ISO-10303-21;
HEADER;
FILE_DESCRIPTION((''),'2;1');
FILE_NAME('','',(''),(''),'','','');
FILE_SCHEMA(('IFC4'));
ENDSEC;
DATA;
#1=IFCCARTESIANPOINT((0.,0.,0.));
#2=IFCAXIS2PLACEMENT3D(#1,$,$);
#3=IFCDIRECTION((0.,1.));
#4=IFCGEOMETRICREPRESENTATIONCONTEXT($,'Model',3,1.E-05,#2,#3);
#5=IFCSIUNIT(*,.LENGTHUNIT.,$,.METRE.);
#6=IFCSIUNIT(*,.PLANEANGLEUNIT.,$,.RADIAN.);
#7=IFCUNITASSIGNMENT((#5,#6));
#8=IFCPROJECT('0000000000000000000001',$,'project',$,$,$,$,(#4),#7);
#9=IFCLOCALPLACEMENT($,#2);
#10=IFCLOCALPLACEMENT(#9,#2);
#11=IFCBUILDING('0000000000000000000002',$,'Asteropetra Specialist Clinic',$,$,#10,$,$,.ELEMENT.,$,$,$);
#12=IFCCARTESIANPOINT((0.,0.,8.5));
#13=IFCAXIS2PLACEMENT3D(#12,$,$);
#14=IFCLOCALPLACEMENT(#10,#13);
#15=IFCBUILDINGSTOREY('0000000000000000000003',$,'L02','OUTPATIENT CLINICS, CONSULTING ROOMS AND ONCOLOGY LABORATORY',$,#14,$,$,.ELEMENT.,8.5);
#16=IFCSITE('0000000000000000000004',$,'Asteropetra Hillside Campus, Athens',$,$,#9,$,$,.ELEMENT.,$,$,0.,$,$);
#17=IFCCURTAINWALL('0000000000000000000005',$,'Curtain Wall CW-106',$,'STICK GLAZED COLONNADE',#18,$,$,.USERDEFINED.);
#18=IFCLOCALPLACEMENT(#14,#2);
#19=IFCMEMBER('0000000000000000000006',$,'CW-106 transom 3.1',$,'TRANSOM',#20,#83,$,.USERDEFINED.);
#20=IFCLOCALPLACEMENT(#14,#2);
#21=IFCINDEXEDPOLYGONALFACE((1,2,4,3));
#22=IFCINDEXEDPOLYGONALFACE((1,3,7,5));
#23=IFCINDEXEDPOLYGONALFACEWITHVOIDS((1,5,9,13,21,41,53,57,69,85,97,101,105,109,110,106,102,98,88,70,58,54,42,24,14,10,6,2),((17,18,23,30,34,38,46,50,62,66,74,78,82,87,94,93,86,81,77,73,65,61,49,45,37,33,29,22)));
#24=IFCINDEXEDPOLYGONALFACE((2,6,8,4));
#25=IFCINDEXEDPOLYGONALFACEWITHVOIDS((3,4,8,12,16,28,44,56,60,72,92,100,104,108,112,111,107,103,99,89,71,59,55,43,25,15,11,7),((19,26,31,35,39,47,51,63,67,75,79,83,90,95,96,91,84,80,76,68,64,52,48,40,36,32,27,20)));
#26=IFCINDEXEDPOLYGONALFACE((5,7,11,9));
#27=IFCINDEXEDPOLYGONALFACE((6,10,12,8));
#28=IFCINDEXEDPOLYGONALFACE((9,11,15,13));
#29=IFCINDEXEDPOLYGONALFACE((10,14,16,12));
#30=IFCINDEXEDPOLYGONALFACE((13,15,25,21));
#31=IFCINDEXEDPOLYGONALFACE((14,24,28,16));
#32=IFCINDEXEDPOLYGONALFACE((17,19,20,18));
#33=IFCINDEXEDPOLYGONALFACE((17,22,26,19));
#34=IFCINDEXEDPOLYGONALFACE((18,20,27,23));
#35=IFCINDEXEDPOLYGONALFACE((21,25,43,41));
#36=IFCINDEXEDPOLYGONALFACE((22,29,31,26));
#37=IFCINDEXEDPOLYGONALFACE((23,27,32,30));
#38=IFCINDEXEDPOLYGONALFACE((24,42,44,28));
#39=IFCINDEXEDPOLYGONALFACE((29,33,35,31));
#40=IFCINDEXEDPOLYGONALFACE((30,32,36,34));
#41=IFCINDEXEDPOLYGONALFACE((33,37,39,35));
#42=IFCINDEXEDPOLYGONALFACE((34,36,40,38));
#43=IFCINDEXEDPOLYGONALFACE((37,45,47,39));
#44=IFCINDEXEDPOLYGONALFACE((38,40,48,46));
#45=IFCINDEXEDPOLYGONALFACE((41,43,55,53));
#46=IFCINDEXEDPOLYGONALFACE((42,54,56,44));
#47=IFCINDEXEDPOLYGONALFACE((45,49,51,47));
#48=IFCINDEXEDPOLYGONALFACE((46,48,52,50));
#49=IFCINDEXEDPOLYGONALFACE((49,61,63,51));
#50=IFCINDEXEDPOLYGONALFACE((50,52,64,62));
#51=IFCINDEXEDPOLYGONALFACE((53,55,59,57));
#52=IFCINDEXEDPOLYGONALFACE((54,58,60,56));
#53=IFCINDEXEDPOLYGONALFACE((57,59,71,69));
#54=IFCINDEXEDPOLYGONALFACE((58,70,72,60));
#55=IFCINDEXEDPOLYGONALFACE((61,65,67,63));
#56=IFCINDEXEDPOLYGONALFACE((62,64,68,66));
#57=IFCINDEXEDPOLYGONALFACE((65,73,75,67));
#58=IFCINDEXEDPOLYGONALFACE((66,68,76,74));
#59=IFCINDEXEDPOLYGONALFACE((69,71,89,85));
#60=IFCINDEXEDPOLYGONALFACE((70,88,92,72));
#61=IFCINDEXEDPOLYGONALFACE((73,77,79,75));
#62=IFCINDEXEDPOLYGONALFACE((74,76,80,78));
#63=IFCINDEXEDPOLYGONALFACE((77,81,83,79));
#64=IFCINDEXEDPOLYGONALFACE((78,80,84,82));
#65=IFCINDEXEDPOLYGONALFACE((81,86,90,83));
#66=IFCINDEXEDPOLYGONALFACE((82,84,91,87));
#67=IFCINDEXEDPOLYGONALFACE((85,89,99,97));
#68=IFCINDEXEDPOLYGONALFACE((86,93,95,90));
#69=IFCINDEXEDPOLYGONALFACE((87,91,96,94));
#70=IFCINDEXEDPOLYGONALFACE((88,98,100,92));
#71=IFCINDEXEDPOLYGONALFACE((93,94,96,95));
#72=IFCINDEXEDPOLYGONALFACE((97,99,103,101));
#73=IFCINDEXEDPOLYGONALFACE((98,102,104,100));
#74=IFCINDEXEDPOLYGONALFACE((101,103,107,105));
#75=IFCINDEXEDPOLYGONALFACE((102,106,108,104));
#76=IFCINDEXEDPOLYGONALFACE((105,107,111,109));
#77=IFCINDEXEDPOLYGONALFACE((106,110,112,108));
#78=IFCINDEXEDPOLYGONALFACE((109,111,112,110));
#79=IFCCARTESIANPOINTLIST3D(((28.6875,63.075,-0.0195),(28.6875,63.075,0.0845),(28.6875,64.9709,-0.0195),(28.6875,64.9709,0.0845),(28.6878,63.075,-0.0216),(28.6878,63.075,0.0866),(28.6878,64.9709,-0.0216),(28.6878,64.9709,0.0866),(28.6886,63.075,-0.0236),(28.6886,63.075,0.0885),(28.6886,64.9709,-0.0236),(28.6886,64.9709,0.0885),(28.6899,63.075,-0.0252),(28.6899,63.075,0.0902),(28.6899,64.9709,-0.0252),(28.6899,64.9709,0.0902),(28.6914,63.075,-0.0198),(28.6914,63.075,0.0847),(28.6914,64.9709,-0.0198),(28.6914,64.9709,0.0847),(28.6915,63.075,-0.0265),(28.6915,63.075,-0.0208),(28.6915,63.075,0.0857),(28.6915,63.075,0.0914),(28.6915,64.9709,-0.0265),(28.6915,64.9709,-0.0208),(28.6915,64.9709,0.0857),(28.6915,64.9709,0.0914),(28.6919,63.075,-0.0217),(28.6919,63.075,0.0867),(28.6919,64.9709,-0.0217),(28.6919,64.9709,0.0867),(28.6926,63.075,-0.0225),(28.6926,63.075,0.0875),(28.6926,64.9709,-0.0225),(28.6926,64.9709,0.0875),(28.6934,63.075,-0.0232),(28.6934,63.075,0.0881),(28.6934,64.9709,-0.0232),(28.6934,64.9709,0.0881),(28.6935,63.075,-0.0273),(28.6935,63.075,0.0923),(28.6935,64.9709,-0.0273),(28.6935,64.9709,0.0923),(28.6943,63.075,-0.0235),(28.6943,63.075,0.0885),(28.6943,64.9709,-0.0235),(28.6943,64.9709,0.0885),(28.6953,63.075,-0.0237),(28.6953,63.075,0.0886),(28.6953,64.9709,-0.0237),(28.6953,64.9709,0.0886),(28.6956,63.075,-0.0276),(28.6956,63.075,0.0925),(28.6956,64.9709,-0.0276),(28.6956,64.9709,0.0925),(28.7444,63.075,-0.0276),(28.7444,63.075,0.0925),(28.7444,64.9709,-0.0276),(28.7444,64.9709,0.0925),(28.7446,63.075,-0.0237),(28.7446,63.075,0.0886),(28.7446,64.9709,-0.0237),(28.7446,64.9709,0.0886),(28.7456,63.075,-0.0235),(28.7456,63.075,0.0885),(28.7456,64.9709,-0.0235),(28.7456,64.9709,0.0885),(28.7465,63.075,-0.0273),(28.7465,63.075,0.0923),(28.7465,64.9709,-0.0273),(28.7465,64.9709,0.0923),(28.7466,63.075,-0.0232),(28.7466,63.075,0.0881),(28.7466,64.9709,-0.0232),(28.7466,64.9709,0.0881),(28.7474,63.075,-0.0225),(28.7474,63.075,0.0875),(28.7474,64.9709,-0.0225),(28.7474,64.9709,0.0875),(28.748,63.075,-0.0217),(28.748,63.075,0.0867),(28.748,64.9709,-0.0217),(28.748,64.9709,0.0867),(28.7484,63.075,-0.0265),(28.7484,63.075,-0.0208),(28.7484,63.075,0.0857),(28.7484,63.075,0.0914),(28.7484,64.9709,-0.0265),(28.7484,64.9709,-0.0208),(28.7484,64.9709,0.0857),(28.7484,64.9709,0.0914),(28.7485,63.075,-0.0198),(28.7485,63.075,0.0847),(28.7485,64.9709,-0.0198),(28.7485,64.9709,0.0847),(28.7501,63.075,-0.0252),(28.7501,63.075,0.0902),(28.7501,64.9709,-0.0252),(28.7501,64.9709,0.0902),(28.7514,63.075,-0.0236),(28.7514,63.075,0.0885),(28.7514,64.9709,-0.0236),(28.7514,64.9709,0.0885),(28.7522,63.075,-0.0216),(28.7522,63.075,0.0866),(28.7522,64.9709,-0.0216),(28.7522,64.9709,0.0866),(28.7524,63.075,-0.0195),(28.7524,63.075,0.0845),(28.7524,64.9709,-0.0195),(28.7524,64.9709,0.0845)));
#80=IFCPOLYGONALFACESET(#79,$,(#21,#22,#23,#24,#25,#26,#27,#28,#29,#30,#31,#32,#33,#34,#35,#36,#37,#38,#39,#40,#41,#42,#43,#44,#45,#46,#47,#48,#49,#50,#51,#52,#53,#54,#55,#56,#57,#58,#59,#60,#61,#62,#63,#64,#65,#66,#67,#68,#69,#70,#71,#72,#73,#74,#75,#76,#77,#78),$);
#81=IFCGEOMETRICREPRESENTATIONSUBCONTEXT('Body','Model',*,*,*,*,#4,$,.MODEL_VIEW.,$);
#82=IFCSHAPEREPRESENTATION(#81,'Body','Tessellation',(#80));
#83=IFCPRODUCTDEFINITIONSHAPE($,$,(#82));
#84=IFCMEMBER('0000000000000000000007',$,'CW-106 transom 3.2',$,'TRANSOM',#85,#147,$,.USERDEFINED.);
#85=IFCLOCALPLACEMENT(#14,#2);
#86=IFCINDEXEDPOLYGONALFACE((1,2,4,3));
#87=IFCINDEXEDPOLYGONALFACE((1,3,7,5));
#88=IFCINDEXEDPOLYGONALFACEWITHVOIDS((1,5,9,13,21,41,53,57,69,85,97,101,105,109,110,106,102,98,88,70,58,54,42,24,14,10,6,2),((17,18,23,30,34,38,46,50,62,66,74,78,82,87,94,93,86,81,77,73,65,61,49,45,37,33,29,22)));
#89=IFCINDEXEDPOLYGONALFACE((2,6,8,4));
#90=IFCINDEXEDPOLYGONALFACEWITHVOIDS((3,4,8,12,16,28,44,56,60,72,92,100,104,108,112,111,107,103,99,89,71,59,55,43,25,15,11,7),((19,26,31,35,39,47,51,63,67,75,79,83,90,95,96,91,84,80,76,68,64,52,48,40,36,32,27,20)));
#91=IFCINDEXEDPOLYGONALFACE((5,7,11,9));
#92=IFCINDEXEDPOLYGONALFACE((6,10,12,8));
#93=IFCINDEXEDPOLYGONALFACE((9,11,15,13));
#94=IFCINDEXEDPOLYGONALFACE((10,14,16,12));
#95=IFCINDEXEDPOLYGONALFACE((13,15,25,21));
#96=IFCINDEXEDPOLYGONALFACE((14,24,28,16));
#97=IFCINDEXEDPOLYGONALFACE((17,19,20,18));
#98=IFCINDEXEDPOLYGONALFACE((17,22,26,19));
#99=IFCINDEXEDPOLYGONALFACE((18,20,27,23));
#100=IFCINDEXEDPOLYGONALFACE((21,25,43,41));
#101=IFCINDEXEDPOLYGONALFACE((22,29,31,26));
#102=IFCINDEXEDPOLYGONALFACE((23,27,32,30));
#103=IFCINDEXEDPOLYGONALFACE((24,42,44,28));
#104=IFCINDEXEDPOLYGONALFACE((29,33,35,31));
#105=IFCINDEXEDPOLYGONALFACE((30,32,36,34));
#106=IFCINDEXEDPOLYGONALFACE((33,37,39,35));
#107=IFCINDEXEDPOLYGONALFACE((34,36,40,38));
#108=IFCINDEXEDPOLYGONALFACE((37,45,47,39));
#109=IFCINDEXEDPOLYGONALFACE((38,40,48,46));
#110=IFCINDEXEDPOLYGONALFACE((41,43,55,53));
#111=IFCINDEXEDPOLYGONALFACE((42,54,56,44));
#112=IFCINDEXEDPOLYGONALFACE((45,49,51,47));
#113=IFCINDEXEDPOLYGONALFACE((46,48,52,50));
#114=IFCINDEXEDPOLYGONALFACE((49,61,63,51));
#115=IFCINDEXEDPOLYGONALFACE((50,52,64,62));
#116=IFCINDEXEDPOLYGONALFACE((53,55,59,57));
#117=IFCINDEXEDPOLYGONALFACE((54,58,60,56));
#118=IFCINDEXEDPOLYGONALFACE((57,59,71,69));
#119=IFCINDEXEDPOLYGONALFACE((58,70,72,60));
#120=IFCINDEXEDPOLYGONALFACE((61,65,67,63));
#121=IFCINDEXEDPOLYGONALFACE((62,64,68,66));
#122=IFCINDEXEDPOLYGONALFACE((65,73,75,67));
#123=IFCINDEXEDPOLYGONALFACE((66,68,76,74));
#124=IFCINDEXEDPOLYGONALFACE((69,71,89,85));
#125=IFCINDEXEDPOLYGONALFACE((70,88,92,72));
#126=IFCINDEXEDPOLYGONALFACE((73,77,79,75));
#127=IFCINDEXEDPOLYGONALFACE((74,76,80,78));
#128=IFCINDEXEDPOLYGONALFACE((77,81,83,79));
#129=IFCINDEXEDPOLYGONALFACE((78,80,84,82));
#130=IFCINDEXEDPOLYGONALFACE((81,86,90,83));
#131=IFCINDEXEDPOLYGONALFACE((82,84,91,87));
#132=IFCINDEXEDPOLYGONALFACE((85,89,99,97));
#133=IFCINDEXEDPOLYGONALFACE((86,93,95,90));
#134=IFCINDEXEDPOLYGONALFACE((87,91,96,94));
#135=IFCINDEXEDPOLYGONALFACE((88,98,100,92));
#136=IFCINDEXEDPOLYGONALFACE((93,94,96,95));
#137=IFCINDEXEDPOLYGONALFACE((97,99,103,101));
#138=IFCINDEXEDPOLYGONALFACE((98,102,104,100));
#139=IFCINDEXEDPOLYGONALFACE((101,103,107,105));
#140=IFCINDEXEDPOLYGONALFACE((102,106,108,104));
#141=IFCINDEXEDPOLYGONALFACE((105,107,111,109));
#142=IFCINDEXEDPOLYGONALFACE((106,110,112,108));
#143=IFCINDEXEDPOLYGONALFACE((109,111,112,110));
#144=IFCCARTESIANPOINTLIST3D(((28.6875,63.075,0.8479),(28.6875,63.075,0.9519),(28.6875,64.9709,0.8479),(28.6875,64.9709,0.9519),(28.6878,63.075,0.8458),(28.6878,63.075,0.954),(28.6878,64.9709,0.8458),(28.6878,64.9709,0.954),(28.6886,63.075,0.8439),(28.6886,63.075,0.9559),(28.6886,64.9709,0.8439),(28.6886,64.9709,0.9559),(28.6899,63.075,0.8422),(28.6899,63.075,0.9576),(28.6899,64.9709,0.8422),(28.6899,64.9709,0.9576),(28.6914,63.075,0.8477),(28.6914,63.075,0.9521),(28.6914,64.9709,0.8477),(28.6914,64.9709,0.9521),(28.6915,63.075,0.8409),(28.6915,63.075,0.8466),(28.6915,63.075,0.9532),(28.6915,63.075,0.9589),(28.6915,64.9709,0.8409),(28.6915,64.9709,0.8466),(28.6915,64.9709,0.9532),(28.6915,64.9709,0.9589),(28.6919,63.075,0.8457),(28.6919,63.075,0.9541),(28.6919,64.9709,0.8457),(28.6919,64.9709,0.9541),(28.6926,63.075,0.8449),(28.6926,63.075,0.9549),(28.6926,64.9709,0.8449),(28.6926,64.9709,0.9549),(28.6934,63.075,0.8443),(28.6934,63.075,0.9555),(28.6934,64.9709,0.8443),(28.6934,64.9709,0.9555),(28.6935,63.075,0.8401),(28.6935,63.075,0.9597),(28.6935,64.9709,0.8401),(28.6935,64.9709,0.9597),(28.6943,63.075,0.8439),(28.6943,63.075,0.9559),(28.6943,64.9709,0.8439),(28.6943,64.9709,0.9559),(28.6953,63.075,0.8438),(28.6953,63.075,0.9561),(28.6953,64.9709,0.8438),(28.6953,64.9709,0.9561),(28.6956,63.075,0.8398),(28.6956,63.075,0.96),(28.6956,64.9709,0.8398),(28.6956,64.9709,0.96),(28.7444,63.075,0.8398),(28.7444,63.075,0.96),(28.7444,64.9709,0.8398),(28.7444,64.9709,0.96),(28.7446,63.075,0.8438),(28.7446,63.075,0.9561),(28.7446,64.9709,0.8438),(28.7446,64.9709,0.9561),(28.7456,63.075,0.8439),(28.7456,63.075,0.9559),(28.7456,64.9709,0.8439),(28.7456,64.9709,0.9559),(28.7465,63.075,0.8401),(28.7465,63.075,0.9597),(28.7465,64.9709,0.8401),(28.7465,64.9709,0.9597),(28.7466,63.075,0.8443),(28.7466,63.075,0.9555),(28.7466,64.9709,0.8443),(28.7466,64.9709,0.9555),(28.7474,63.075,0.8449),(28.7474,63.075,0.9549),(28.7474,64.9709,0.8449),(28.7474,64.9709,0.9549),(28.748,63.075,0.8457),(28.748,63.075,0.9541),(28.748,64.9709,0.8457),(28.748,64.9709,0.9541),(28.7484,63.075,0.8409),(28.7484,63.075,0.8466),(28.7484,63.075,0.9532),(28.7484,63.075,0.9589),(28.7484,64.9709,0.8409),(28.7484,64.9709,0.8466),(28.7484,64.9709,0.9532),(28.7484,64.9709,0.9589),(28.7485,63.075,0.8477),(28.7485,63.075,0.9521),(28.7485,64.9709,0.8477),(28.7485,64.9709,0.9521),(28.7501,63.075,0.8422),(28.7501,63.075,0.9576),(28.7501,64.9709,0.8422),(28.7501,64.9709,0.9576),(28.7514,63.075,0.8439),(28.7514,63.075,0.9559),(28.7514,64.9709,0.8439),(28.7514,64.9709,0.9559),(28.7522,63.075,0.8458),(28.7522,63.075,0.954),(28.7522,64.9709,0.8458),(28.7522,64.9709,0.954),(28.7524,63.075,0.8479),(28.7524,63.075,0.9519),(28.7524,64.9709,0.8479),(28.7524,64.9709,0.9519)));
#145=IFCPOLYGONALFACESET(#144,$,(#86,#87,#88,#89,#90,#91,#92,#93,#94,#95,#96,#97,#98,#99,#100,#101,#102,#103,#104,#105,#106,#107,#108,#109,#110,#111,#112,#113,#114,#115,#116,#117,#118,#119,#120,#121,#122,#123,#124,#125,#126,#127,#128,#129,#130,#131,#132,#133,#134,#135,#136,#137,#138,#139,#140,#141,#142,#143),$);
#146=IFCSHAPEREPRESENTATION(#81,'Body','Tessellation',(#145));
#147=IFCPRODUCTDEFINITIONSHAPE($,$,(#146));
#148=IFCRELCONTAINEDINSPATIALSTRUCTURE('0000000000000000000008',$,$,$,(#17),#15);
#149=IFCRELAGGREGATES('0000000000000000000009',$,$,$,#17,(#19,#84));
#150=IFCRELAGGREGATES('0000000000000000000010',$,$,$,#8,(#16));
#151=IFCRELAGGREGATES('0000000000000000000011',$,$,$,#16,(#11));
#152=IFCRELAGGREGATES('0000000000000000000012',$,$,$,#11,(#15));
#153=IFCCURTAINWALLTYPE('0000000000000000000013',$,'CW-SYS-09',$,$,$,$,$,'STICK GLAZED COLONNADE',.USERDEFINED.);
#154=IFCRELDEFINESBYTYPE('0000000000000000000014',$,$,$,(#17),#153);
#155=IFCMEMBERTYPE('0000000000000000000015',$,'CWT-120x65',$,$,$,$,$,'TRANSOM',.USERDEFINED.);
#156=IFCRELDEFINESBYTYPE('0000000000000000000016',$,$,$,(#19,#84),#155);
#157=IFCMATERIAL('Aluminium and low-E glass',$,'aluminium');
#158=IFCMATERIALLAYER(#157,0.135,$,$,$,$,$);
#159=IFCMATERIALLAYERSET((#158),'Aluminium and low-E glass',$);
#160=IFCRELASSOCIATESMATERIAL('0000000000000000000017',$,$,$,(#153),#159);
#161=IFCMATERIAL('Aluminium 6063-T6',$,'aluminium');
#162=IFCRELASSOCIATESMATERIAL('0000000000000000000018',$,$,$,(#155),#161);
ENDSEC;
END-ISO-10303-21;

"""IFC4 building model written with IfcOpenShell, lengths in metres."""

from ifc_helpers import new_model, si_unit, direction, frame, origin, origin_2d, place, context, subcontext, project, spatial, hollow_rectangle, extrude, material, layer, layer_set, material_profile, profile_set, type_object, element, aggregate, save


model = new_model("IFC4")

# Units and contexts
model_context = context("Model", 3, precision=1e-05, world=origin(), true_north=direction((0.0, 1.0)))
body_context = subcontext(model_context, "Body", "Model", "MODEL_VIEW")
ifc_project = project(units=[si_unit("LENGTHUNIT", "METRE"), si_unit("PLANEANGLEUNIT", "RADIAN")], contexts=[model_context])

# Site, building, storey
site_placement = place(None, origin())
site = spatial("IfcSite", under=ifc_project, at=site_placement, Name="Asteropetra Hillside Campus, Athens", CompositionType="ELEMENT", RefElevation=0.0)
building_placement = place(site_placement, origin())
building = spatial("IfcBuilding", under=site, at=building_placement, Name="Asteropetra Specialist Clinic", CompositionType="ELEMENT")
storey_placement = place(building_placement, frame((0.0, 0.0, 8.5)))
storey = spatial("IfcBuildingStorey", under=building, at=storey_placement, Name="L02", Description="OUTPATIENT CLINICS, CONSULTING ROOMS AND ONCOLOGY LABORATORY", CompositionType="ELEMENT", Elevation=8.5)

# Curtain wall, members
ifc_material_1 = material(Name="Aluminium and low-E glass", Category="aluminium")
ifc_layer_1 = layer(ifc_material_1, 0.135)
ifc_layer_set_1 = layer_set([ifc_layer_1], Name="Aluminium and low-E glass")
curtain_wall_type = type_object("IfcCurtainWallType", Name="CW-SYS-09", ElementType="STICK GLAZED COLONNADE", PredefinedType="USERDEFINED", material=ifc_layer_set_1)
curtain_wall_placement = place(storey_placement, origin())
curtain_wall = element("IfcCurtainWall", 1, at=curtain_wall_placement, inside=storey, type_object=curtain_wall_type, Name="Curtain Wall CW-106", ObjectType="STICK GLAZED COLONNADE", PredefinedType="USERDEFINED")
ifc_material_2 = material(Name="Aluminium 6063-T6", Category="aluminium")
ifc_material_profile_1 = material_profile(ifc_material_2, hollow_rectangle(XDim=0.0649, YDim=0.1201, WallThickness=0.0039, InnerFilletRadius=0.0039, OuterFilletRadius=0.0081, at=origin_2d()), Name="TRN 120x65x4.0")
ifc_profile_set_1 = profile_set([ifc_material_profile_1], Name="Aluminium 6063-T6")
member_type_1 = type_object("IfcMemberType", Name="CWT-120x65", ElementType="TRANSOM", PredefinedType="USERDEFINED", material=ifc_profile_set_1)
member_1_placement = place(storey_placement, frame((28.72, 64.9709, 0.0325), z_axis=(0.0, -1.0, 0.0), x_axis=(1.0, 0.0, 0.0)))
member_1 = element("IfcMember", 2, at=member_1_placement, type_object=member_type_1, Name="CW-106 transom 3.1", ObjectType="TRANSOM", PredefinedType="USERDEFINED", context=body_context, shape_type="SweptSolid", body=[
    extrude(hollow_rectangle(XDim=0.0649, YDim=0.1201, WallThickness=0.0039, InnerFilletRadius=0.0039, OuterFilletRadius=0.0081, at=origin_2d()), origin(), (0.0, 0.0, 1.0), 1.896),
])
member_2_placement = place(storey_placement, frame((28.72, 64.9709, 0.8999), z_axis=(0.0, -1.0, 0.0), x_axis=(1.0, 0.0, 0.0)))
member_2 = element("IfcMember", 3, at=member_2_placement, type_object=member_type_1, Name="CW-106 transom 3.2", ObjectType="TRANSOM", PredefinedType="USERDEFINED", context=body_context, shape_type="SweptSolid", body=[
    extrude(hollow_rectangle(XDim=0.0649, YDim=0.1201, WallThickness=0.0039, InnerFilletRadius=0.0039, OuterFilletRadius=0.0081, at=origin_2d()), origin(), (0.0, 0.0, 1.0), 1.896),
])

aggregate(curtain_wall, [member_1, member_2])

save(model, "model.ifc")
